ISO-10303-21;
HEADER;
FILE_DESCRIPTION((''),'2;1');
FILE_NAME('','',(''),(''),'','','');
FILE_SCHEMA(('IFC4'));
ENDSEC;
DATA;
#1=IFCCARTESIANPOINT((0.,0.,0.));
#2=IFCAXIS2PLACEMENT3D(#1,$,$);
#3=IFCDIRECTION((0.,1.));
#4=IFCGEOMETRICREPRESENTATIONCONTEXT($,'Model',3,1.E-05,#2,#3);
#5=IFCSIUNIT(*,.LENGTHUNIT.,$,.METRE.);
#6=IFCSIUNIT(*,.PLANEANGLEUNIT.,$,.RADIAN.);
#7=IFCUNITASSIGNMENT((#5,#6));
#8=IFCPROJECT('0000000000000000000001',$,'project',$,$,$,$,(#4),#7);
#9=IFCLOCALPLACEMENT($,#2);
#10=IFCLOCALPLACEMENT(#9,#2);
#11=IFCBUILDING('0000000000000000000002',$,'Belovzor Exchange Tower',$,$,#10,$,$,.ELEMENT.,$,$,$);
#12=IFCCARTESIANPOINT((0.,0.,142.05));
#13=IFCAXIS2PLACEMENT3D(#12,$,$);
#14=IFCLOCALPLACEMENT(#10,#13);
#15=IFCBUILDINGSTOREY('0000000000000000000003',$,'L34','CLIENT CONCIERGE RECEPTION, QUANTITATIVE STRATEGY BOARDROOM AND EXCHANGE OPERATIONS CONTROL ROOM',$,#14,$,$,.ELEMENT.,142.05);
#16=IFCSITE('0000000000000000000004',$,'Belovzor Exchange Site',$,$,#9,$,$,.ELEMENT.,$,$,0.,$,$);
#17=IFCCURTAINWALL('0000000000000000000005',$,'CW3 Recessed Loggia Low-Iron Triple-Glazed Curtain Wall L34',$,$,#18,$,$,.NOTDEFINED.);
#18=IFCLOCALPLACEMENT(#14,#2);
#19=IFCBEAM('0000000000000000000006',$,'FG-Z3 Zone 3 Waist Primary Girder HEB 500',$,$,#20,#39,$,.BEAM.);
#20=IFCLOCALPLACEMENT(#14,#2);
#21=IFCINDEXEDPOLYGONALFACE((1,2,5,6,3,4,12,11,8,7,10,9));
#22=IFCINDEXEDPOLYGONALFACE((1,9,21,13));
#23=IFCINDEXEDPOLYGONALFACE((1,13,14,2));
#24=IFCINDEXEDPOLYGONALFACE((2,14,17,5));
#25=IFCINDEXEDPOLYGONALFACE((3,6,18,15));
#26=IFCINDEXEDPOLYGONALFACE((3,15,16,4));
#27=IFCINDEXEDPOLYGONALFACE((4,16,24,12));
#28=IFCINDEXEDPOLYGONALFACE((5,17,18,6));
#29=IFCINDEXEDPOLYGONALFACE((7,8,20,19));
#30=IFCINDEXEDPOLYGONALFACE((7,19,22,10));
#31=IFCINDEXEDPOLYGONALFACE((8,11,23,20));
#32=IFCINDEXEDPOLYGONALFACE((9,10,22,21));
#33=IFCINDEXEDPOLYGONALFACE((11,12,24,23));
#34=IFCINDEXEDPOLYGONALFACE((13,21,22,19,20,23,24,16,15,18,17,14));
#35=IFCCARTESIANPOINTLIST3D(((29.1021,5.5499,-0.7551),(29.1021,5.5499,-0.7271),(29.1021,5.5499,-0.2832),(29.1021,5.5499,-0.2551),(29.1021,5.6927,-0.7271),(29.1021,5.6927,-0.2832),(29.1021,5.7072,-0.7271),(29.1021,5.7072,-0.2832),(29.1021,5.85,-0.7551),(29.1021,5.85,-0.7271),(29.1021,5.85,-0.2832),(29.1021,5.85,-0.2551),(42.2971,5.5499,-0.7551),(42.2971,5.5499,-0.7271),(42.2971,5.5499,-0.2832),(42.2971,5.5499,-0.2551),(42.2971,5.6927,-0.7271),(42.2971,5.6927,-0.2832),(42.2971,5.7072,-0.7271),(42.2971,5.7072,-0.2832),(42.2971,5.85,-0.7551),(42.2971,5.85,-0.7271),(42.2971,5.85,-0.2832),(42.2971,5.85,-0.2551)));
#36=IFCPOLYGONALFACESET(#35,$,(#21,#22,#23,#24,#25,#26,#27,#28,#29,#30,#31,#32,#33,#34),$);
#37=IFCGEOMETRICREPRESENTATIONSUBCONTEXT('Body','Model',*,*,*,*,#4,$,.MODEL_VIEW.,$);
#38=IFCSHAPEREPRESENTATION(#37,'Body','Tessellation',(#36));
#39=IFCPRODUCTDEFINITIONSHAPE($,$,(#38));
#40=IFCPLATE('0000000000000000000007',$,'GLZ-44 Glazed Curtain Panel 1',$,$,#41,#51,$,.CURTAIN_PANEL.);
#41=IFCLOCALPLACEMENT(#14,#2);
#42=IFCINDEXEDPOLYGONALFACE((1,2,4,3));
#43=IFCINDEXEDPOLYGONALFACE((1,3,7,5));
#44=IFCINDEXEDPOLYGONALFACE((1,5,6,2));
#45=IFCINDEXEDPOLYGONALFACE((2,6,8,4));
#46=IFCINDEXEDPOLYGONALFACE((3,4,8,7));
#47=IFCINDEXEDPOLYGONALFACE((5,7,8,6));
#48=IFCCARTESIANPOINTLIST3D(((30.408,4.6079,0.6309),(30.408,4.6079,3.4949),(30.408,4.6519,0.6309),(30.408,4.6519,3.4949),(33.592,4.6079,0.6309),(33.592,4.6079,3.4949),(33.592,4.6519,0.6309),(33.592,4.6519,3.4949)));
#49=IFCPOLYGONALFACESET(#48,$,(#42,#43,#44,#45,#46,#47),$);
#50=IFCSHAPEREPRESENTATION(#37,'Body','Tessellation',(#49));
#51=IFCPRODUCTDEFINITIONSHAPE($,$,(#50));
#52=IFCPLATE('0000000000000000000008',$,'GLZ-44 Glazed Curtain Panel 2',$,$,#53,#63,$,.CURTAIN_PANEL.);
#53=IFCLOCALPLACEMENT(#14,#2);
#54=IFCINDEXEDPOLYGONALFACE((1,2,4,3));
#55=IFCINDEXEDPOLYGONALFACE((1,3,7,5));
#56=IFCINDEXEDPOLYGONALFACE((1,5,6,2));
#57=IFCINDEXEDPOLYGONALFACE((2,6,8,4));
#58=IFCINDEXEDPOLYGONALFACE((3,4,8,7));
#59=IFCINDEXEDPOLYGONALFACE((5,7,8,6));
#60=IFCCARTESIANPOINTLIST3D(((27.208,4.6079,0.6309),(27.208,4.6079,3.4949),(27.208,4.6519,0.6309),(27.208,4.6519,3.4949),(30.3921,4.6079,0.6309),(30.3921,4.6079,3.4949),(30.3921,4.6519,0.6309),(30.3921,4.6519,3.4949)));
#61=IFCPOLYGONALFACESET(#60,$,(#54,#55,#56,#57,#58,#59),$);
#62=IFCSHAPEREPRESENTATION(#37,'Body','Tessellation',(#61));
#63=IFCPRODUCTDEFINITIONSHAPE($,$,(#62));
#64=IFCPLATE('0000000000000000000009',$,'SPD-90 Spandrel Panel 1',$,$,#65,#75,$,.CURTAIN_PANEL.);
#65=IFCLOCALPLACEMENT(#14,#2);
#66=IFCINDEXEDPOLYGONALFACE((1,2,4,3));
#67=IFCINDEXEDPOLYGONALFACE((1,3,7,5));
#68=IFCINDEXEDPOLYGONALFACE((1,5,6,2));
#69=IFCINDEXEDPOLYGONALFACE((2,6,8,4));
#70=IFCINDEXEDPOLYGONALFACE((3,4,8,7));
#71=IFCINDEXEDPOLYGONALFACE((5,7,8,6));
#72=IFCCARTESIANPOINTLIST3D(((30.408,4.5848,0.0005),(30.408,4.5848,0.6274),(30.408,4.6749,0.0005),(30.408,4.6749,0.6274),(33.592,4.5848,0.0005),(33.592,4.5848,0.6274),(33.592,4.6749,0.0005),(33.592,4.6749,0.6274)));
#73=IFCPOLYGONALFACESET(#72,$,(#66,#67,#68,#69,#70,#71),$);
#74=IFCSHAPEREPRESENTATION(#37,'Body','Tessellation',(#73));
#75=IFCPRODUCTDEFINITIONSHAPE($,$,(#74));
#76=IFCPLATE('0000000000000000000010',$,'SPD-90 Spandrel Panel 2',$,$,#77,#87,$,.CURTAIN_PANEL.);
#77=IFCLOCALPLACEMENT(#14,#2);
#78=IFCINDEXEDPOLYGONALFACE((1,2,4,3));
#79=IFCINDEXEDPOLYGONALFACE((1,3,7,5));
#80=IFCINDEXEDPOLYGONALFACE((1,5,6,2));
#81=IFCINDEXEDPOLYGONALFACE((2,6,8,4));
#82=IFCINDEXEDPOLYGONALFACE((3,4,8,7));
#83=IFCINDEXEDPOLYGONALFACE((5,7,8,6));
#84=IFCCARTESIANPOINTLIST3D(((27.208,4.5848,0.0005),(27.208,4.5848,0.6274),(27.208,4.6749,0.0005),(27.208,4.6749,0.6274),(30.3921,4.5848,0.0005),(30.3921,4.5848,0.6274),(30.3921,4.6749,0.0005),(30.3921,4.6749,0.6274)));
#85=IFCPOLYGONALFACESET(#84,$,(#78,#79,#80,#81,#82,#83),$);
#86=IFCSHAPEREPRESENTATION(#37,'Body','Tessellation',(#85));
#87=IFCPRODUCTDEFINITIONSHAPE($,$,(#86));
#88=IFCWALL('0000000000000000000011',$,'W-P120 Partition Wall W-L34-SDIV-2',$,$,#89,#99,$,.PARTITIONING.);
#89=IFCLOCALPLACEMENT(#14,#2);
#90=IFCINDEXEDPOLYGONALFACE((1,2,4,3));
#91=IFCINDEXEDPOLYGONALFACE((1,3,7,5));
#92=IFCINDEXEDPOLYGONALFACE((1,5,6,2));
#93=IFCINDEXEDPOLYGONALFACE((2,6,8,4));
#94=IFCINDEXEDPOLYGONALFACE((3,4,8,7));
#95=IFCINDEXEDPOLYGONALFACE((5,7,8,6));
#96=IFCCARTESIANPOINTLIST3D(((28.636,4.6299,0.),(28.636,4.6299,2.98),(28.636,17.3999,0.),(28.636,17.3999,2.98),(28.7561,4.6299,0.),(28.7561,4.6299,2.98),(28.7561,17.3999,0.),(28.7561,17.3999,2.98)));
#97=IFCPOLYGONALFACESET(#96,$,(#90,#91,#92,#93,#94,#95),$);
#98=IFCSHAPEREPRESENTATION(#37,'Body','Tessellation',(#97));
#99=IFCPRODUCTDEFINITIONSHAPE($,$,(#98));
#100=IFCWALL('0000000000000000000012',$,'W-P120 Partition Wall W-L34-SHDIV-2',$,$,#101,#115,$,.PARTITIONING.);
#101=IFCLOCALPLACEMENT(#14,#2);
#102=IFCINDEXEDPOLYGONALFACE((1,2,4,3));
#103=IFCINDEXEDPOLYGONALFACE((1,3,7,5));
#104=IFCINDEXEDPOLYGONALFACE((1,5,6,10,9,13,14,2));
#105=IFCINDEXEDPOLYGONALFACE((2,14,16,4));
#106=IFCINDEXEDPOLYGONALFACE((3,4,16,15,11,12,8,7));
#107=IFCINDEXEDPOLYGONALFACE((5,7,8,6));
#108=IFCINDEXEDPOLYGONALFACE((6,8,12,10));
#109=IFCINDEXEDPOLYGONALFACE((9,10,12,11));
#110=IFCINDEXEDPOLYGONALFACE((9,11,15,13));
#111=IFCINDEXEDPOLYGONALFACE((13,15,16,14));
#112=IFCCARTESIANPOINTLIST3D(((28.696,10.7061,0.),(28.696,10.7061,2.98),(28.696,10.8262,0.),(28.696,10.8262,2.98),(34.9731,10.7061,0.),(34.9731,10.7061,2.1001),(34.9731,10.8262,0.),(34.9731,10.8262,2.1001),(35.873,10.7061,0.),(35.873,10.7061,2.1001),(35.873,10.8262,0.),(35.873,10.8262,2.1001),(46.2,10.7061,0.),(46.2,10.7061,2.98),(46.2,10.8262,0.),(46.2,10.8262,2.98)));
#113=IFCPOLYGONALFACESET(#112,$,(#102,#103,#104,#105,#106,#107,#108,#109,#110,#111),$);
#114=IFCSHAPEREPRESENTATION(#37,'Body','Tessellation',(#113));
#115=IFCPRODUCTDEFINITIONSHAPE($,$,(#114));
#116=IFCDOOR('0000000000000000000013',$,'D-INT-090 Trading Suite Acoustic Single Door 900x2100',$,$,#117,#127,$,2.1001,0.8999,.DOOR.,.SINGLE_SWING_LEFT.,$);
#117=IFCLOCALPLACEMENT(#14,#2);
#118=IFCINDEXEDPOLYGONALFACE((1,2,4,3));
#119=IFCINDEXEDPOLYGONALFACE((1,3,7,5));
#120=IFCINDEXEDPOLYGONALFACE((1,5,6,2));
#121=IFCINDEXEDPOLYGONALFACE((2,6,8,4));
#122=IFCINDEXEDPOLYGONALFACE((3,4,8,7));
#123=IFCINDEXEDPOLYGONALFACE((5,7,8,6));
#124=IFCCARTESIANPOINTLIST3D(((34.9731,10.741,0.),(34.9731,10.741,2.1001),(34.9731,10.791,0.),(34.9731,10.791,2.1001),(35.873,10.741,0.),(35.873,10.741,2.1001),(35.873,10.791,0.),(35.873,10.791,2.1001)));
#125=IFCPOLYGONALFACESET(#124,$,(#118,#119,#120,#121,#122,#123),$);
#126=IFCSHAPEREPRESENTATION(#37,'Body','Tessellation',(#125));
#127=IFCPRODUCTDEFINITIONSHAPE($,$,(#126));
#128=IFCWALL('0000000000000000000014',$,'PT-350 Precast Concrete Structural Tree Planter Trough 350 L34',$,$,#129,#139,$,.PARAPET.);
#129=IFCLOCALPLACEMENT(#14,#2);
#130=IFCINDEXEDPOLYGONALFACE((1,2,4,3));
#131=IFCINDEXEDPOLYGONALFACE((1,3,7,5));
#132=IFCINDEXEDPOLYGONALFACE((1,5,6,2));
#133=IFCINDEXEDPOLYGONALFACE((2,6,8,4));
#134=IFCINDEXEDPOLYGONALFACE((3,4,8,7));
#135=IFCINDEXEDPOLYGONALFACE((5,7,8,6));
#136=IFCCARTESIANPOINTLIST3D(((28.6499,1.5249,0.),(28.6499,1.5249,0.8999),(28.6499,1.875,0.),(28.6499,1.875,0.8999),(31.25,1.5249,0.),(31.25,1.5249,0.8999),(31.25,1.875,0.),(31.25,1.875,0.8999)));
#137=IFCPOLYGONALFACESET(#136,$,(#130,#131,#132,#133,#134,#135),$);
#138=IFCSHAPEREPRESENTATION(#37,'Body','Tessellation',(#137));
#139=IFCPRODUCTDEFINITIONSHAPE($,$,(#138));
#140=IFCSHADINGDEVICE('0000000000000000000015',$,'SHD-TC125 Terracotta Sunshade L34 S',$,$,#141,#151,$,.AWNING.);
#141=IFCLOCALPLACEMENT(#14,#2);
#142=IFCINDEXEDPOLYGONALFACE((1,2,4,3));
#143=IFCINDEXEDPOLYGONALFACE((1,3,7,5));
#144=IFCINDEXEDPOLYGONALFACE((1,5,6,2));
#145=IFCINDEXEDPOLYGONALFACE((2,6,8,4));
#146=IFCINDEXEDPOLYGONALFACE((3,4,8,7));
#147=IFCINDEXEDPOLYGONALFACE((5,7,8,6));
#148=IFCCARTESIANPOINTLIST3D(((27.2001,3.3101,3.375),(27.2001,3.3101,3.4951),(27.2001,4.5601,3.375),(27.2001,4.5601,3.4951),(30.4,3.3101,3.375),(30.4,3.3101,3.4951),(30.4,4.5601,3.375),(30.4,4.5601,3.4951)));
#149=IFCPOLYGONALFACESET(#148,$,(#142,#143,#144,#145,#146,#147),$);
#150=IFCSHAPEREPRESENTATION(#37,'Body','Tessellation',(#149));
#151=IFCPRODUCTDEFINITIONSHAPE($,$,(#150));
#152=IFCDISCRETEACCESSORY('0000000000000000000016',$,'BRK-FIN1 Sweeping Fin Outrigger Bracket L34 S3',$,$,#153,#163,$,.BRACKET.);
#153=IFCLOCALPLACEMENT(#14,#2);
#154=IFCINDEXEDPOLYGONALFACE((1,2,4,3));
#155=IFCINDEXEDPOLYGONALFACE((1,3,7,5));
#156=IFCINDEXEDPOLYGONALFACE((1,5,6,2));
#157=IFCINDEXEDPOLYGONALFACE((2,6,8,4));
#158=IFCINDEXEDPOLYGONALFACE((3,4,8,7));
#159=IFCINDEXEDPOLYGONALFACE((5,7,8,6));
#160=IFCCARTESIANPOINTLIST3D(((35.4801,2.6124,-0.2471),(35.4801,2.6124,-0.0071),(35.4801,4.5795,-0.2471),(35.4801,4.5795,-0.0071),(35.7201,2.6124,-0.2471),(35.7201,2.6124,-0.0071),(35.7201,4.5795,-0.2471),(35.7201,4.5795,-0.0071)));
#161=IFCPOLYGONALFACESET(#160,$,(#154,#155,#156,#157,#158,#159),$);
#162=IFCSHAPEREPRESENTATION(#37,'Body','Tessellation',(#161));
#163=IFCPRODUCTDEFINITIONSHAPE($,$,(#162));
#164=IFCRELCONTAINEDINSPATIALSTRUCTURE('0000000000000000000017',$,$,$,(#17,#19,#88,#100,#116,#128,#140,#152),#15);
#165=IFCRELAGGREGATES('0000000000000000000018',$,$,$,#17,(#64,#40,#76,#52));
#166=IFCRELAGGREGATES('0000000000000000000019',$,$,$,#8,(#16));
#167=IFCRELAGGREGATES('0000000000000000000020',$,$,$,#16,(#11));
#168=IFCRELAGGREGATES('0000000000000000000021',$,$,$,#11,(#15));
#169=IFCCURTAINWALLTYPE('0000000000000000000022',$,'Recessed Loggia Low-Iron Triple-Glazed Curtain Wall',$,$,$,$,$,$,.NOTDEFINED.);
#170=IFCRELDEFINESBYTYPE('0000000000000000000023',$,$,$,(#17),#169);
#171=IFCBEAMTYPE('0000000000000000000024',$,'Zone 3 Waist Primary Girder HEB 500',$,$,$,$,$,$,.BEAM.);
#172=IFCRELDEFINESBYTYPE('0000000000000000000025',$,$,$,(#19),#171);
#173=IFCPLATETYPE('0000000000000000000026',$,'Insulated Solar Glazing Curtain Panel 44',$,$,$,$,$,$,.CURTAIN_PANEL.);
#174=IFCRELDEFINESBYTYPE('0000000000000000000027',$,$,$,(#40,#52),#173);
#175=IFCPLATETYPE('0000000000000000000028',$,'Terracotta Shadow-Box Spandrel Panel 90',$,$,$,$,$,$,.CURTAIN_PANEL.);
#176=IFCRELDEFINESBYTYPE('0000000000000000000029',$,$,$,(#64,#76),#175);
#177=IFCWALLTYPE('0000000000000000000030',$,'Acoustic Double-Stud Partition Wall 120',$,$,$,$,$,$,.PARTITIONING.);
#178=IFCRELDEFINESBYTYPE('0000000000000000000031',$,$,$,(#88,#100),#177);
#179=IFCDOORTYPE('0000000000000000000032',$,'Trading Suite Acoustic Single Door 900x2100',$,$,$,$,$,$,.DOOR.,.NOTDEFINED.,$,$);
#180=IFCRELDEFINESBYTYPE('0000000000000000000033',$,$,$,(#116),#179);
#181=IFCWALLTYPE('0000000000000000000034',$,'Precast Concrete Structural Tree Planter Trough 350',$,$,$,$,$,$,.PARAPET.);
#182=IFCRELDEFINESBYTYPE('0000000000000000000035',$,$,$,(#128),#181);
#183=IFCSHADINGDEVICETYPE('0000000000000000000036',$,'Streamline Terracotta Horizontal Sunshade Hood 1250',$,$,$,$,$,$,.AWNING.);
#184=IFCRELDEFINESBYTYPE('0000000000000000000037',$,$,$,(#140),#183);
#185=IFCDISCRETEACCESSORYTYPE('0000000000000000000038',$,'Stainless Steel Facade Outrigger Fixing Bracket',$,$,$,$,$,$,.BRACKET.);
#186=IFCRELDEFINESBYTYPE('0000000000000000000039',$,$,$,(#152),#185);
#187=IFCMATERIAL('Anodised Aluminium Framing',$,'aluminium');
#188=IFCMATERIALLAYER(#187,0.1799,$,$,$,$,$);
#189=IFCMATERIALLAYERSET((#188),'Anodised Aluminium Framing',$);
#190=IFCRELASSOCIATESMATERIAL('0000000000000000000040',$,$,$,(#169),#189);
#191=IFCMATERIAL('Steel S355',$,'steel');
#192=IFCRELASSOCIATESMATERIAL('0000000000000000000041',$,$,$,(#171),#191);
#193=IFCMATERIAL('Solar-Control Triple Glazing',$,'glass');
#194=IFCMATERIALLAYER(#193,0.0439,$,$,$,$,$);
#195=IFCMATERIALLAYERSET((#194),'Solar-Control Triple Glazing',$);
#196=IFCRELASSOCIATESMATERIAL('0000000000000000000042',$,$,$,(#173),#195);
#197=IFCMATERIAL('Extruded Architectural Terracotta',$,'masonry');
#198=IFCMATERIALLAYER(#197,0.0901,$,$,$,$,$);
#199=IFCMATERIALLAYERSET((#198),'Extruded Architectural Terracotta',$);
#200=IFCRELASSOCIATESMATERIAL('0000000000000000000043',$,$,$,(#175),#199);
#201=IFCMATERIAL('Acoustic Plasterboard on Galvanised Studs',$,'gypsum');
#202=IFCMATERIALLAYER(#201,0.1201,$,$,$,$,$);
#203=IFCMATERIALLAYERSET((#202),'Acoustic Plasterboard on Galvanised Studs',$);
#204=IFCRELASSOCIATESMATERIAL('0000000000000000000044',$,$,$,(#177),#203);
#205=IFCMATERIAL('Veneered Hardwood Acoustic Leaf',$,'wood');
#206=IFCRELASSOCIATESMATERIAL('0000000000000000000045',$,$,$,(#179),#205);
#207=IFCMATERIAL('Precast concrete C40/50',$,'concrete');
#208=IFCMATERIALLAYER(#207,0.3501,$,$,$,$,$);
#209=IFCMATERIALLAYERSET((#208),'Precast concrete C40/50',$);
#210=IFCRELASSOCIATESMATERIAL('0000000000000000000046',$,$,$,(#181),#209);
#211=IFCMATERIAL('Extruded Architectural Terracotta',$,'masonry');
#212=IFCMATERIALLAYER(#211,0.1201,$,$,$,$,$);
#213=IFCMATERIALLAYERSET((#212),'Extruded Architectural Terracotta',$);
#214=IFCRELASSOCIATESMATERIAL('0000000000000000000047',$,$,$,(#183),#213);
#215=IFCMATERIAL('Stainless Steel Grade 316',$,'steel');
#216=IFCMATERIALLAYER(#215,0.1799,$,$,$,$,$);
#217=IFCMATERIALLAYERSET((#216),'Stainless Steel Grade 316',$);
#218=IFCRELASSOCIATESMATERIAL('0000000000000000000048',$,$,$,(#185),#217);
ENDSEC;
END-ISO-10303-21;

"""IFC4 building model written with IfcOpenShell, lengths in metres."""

from ifc_helpers import new_model, si_unit, direction, frame, frame_2d, origin, origin_2d, place, context, subcontext, project, spatial, rectangle, i_section, extrude, material, layer, layer_set, material_profile, profile_set, type_object, element, fill, aggregate, save


model = new_model("IFC4")

# Units and contexts
model_context = context("Model", 3, precision=1e-05, world=origin(), true_north=direction((0.0, 1.0)))
body_context = subcontext(model_context, "Body", "Model", "MODEL_VIEW")
ifc_project = project(units=[si_unit("LENGTHUNIT", "METRE"), si_unit("PLANEANGLEUNIT", "RADIAN")], contexts=[model_context])

# Site, building, storey
site_placement = place(None, origin())
site = spatial("IfcSite", under=ifc_project, at=site_placement, Name="Belovzor Exchange Site", CompositionType="ELEMENT", RefElevation=0.0)
building_placement = place(site_placement, origin())
building = spatial("IfcBuilding", under=site, at=building_placement, Name="Belovzor Exchange Tower", CompositionType="ELEMENT")
storey_placement = place(building_placement, frame((0.0, 0.0, 142.05)))
storey = spatial("IfcBuildingStorey", under=building, at=storey_placement, Name="L34", Description="CLIENT CONCIERGE RECEPTION, QUANTITATIVE STRATEGY BOARDROOM AND EXCHANGE OPERATIONS CONTROL ROOM", CompositionType="ELEMENT", Elevation=142.05)

# Curtain wall
ifc_material_1 = material(Name="Anodised Aluminium Framing", Category="aluminium")
ifc_layer_1 = layer(ifc_material_1, 0.1799)
ifc_layer_set_1 = layer_set([ifc_layer_1], Name="Anodised Aluminium Framing")
curtain_wall_type = type_object("IfcCurtainWallType", Name="Recessed Loggia Low-Iron Triple-Glazed Curtain Wall", PredefinedType="NOTDEFINED", material=ifc_layer_set_1)
curtain_wall_placement = place(storey_placement, origin())
curtain_wall = element("IfcCurtainWall", 1, at=curtain_wall_placement, inside=storey, type_object=curtain_wall_type, Name="CW3 Recessed Loggia Low-Iron Triple-Glazed Curtain Wall L34", PredefinedType="NOTDEFINED")

# Beam
ifc_material_2 = material(Name="Steel S355", Category="steel")
ifc_material_profile_1 = material_profile(ifc_material_2, i_section(OverallWidth=0.3, OverallDepth=0.5, WebThickness=0.0144, FlangeThickness=0.0281, at=origin_2d()))
ifc_profile_set_1 = profile_set([ifc_material_profile_1], Name="Steel S355")
beam_type_1 = type_object("IfcBeamType", Name="Zone 3 Waist Primary Girder HEB 500", PredefinedType="BEAM", material=ifc_profile_set_1)
beam_1_placement = place(storey_placement, frame((29.1021, 5.7, -0.5051), z_axis=(1.0, 0.0, 0.0), x_axis=(0.0, 1.0, 0.0)))
element("IfcBeam", 2, at=beam_1_placement, inside=storey, type_object=beam_type_1, Name="FG-Z3 Zone 3 Waist Primary Girder HEB 500", PredefinedType="BEAM", context=body_context, shape_type="SweptSolid", body=[
    extrude(i_section(OverallWidth=0.3, OverallDepth=0.5, WebThickness=0.0144, FlangeThickness=0.0281, at=origin_2d()), origin(), (0.0, 0.0, 1.0), 13.1951),
])

# Plates
ifc_material_3 = material(Name="Solar-Control Triple Glazing", Category="glass")
ifc_layer_2 = layer(ifc_material_3, 0.0439)
ifc_layer_set_2 = layer_set([ifc_layer_2], Name="Solar-Control Triple Glazing")
plate_type_1 = type_object("IfcPlateType", Name="Insulated Solar Glazing Curtain Panel 44", PredefinedType="CURTAIN_PANEL", material=ifc_layer_set_2)
plate_1_placement = place(storey_placement, frame((32.0, 4.6299, 0.6309), z_axis=(0.0, 0.0, 1.0), x_axis=(-1.0, 0.0, 0.0)))
plate_1 = element("IfcPlate", 3, at=plate_1_placement, type_object=plate_type_1, Name="GLZ-44 Glazed Curtain Panel 1", PredefinedType="CURTAIN_PANEL", context=body_context, shape_type="SweptSolid", body=[
    extrude(rectangle(XDim=3.1841, YDim=0.0439, at=origin_2d()), origin(), (0.0, 0.0, 1.0), 2.864),
])
plate_2_placement = place(storey_placement, frame((28.8, 4.6299, 0.6309), z_axis=(0.0, 0.0, 1.0), x_axis=(-1.0, 0.0, 0.0)))
plate_2 = element("IfcPlate", 4, at=plate_2_placement, type_object=plate_type_1, Name="GLZ-44 Glazed Curtain Panel 2", PredefinedType="CURTAIN_PANEL", context=body_context, shape_type="SweptSolid", body=[
    extrude(rectangle(XDim=3.1841, YDim=0.0439, at=origin_2d()), origin(), (0.0, 0.0, 1.0), 2.864),
])
ifc_material_4 = material(Name="Extruded Architectural Terracotta", Category="masonry")
ifc_layer_3 = layer(ifc_material_4, 0.0901)
ifc_layer_set_3 = layer_set([ifc_layer_3], Name="Extruded Architectural Terracotta")
plate_type_2 = type_object("IfcPlateType", Name="Terracotta Shadow-Box Spandrel Panel 90", PredefinedType="CURTAIN_PANEL", material=ifc_layer_set_3)
plate_3_placement = place(storey_placement, frame((32.0, 4.6299, 0.0005), z_axis=(0.0, 0.0, 1.0), x_axis=(-1.0, 0.0, 0.0)))
plate_3 = element("IfcPlate", 5, at=plate_3_placement, type_object=plate_type_2, Name="SPD-90 Spandrel Panel 1", PredefinedType="CURTAIN_PANEL", context=body_context, shape_type="SweptSolid", body=[
    extrude(rectangle(XDim=3.1841, YDim=0.0901, at=origin_2d()), origin(), (0.0, 0.0, 1.0), 0.627),
])
plate_4_placement = place(storey_placement, frame((28.8, 4.6299, 0.0005), z_axis=(0.0, 0.0, 1.0), x_axis=(-1.0, 0.0, 0.0)))
plate_4 = element("IfcPlate", 6, at=plate_4_placement, type_object=plate_type_2, Name="SPD-90 Spandrel Panel 2", PredefinedType="CURTAIN_PANEL", context=body_context, shape_type="SweptSolid", body=[
    extrude(rectangle(XDim=3.1841, YDim=0.0901, at=origin_2d()), origin(), (0.0, 0.0, 1.0), 0.627),
])
aggregate(curtain_wall, [plate_3, plate_1, plate_4, plate_2])

# Wall
ifc_material_5 = material(Name="Acoustic Plasterboard on Galvanised Studs", Category="gypsum")
ifc_layer_4 = layer(ifc_material_5, 0.1201)
ifc_layer_set_4 = layer_set([ifc_layer_4], Name="Acoustic Plasterboard on Galvanised Studs")
wall_type_1 = type_object("IfcWallType", Name="Acoustic Double-Stud Partition Wall 120", PredefinedType="PARTITIONING", material=ifc_layer_set_4)
wall_1_placement = place(storey_placement, frame((28.696, 4.6299, 0.0), z_axis=(0.0, 0.0, 1.0), x_axis=(0.0, 1.0, 0.0)))
element("IfcWall", 7, at=wall_1_placement, inside=storey, type_object=wall_type_1, Name="W-P120 Partition Wall W-L34-SDIV-2", PredefinedType="PARTITIONING", context=body_context, shape_type="SweptSolid", body=[
    extrude(rectangle(XDim=12.77, YDim=0.1201, at=frame_2d((6.385, 0.0))), origin(), (0.0, 0.0, 1.0), 2.98),
])

# Wall, opening, door
wall_2_placement = place(storey_placement, frame((28.696, 10.7661, 0.0), z_axis=(0.0, 0.0, 1.0), x_axis=(1.0, 0.0, 0.0)))
wall_2 = element("IfcWall", 8, at=wall_2_placement, inside=storey, type_object=wall_type_1, Name="W-P120 Partition Wall W-L34-SHDIV-2", PredefinedType="PARTITIONING", context=body_context, shape_type="SweptSolid", body=[
    extrude(rectangle(XDim=17.5039, YDim=0.1201, at=frame_2d((8.752, 0.0))), origin(), (0.0, 0.0, 1.0), 2.98),
])
opening_placement = place(wall_2_placement, frame((6.2771, 0.0, 0.0)))
opening = element("IfcOpeningElement", 9, at=opening_placement, cuts=wall_2, PredefinedType="OPENING", context=body_context, shape_type="SweptSolid", body=[
    extrude(rectangle(XDim=0.8999, YDim=2.1001, at=frame_2d((0.45, 1.05))), frame((0.0, 0.0701, 0.0), z_axis=(0.0, -1.0, 0.0), x_axis=(1.0, 0.0, 0.0)), (0.0, 0.0, 1.0), 0.1401),
])
ifc_material_6 = material(Name="Veneered Hardwood Acoustic Leaf", Category="wood")
door_type = type_object("IfcDoorType", Name="Trading Suite Acoustic Single Door 900x2100", OperationType="NOTDEFINED", PredefinedType="DOOR", material=ifc_material_6)
door_placement = place(opening_placement, origin())
door = element("IfcDoor", 10, at=door_placement, inside=storey, type_object=door_type, Name="D-INT-090 Trading Suite Acoustic Single Door 900x2100", OperationType="SINGLE_SWING_LEFT", OverallHeight=2.1001, OverallWidth=0.8999, PredefinedType="DOOR", context=body_context, shape_type="SweptSolid", body=[
    extrude(rectangle(XDim=0.8999, YDim=2.1001, at=frame_2d((0.45, 1.05))), frame((0.0, 0.0249, 0.0), z_axis=(0.0, -1.0, 0.0), x_axis=(1.0, 0.0, 0.0)), (0.0, 0.0, 1.0), 0.05),
])
fill(opening, door)

# Wall
ifc_material_7 = material(Name="Precast concrete C40/50", Category="concrete")
ifc_layer_5 = layer(ifc_material_7, 0.3501)
ifc_layer_set_5 = layer_set([ifc_layer_5], Name="Precast concrete C40/50")
wall_type_2 = type_object("IfcWallType", Name="Precast Concrete Structural Tree Planter Trough 350", PredefinedType="PARAPET", material=ifc_layer_set_5)
wall_3_placement = place(storey_placement, frame((28.6499, 1.7, 0.0), z_axis=(0.0, 0.0, 1.0), x_axis=(1.0, 0.0, 0.0)))
element("IfcWall", 11, at=wall_3_placement, inside=storey, type_object=wall_type_2, Name="PT-350 Precast Concrete Structural Tree Planter Trough 350 L34", PredefinedType="PARAPET", context=body_context, shape_type="SweptSolid", body=[
    extrude(rectangle(XDim=2.6001, YDim=0.3501, at=frame_2d((1.3, 0.0))), origin(), (0.0, 0.0, 1.0), 0.8999),
])

# Shading device
ifc_material_8 = material(Name="Extruded Architectural Terracotta", Category="masonry")
ifc_layer_6 = layer(ifc_material_8, 0.1201)
ifc_layer_set_6 = layer_set([ifc_layer_6], Name="Extruded Architectural Terracotta")
shading_device_type = type_object("IfcShadingDeviceType", Name="Streamline Terracotta Horizontal Sunshade Hood 1250", PredefinedType="AWNING", material=ifc_layer_set_6)
shading_device_placement = place(storey_placement, frame((28.8, 3.9351, 3.375), z_axis=(0.0, 0.0, 1.0), x_axis=(1.0, 0.0, 0.0)))
element("IfcShadingDevice", 12, at=shading_device_placement, inside=storey, type_object=shading_device_type, Name="SHD-TC125 Terracotta Sunshade L34 S", PredefinedType="AWNING", context=body_context, shape_type="SweptSolid", body=[
    extrude(rectangle(XDim=3.2, YDim=1.25, at=origin_2d()), origin(), (0.0, 0.0, 1.0), 0.1201),
])

# Discrete accessory
ifc_material_9 = material(Name="Stainless Steel Grade 316", Category="steel")
ifc_layer_7 = layer(ifc_material_9, 0.1799)
ifc_layer_set_7 = layer_set([ifc_layer_7], Name="Stainless Steel Grade 316")
discrete_accessory_type = type_object("IfcDiscreteAccessoryType", Name="Stainless Steel Facade Outrigger Fixing Bracket", PredefinedType="BRACKET", material=ifc_layer_set_7)
discrete_accessory_placement = place(storey_placement, frame((35.6001, 3.5959, -0.2471), z_axis=(0.0, 0.0, 1.0), x_axis=(0.0, 1.0, 0.0)))
element("IfcDiscreteAccessory", 13, at=discrete_accessory_placement, inside=storey, type_object=discrete_accessory_type, Name="BRK-FIN1 Sweeping Fin Outrigger Bracket L34 S3", PredefinedType="BRACKET", context=body_context, shape_type="SweptSolid", body=[
    extrude(rectangle(XDim=1.967, YDim=0.24, at=origin_2d()), origin(), (0.0, 0.0, 1.0), 0.24),
])

save(model, "model.ifc")
